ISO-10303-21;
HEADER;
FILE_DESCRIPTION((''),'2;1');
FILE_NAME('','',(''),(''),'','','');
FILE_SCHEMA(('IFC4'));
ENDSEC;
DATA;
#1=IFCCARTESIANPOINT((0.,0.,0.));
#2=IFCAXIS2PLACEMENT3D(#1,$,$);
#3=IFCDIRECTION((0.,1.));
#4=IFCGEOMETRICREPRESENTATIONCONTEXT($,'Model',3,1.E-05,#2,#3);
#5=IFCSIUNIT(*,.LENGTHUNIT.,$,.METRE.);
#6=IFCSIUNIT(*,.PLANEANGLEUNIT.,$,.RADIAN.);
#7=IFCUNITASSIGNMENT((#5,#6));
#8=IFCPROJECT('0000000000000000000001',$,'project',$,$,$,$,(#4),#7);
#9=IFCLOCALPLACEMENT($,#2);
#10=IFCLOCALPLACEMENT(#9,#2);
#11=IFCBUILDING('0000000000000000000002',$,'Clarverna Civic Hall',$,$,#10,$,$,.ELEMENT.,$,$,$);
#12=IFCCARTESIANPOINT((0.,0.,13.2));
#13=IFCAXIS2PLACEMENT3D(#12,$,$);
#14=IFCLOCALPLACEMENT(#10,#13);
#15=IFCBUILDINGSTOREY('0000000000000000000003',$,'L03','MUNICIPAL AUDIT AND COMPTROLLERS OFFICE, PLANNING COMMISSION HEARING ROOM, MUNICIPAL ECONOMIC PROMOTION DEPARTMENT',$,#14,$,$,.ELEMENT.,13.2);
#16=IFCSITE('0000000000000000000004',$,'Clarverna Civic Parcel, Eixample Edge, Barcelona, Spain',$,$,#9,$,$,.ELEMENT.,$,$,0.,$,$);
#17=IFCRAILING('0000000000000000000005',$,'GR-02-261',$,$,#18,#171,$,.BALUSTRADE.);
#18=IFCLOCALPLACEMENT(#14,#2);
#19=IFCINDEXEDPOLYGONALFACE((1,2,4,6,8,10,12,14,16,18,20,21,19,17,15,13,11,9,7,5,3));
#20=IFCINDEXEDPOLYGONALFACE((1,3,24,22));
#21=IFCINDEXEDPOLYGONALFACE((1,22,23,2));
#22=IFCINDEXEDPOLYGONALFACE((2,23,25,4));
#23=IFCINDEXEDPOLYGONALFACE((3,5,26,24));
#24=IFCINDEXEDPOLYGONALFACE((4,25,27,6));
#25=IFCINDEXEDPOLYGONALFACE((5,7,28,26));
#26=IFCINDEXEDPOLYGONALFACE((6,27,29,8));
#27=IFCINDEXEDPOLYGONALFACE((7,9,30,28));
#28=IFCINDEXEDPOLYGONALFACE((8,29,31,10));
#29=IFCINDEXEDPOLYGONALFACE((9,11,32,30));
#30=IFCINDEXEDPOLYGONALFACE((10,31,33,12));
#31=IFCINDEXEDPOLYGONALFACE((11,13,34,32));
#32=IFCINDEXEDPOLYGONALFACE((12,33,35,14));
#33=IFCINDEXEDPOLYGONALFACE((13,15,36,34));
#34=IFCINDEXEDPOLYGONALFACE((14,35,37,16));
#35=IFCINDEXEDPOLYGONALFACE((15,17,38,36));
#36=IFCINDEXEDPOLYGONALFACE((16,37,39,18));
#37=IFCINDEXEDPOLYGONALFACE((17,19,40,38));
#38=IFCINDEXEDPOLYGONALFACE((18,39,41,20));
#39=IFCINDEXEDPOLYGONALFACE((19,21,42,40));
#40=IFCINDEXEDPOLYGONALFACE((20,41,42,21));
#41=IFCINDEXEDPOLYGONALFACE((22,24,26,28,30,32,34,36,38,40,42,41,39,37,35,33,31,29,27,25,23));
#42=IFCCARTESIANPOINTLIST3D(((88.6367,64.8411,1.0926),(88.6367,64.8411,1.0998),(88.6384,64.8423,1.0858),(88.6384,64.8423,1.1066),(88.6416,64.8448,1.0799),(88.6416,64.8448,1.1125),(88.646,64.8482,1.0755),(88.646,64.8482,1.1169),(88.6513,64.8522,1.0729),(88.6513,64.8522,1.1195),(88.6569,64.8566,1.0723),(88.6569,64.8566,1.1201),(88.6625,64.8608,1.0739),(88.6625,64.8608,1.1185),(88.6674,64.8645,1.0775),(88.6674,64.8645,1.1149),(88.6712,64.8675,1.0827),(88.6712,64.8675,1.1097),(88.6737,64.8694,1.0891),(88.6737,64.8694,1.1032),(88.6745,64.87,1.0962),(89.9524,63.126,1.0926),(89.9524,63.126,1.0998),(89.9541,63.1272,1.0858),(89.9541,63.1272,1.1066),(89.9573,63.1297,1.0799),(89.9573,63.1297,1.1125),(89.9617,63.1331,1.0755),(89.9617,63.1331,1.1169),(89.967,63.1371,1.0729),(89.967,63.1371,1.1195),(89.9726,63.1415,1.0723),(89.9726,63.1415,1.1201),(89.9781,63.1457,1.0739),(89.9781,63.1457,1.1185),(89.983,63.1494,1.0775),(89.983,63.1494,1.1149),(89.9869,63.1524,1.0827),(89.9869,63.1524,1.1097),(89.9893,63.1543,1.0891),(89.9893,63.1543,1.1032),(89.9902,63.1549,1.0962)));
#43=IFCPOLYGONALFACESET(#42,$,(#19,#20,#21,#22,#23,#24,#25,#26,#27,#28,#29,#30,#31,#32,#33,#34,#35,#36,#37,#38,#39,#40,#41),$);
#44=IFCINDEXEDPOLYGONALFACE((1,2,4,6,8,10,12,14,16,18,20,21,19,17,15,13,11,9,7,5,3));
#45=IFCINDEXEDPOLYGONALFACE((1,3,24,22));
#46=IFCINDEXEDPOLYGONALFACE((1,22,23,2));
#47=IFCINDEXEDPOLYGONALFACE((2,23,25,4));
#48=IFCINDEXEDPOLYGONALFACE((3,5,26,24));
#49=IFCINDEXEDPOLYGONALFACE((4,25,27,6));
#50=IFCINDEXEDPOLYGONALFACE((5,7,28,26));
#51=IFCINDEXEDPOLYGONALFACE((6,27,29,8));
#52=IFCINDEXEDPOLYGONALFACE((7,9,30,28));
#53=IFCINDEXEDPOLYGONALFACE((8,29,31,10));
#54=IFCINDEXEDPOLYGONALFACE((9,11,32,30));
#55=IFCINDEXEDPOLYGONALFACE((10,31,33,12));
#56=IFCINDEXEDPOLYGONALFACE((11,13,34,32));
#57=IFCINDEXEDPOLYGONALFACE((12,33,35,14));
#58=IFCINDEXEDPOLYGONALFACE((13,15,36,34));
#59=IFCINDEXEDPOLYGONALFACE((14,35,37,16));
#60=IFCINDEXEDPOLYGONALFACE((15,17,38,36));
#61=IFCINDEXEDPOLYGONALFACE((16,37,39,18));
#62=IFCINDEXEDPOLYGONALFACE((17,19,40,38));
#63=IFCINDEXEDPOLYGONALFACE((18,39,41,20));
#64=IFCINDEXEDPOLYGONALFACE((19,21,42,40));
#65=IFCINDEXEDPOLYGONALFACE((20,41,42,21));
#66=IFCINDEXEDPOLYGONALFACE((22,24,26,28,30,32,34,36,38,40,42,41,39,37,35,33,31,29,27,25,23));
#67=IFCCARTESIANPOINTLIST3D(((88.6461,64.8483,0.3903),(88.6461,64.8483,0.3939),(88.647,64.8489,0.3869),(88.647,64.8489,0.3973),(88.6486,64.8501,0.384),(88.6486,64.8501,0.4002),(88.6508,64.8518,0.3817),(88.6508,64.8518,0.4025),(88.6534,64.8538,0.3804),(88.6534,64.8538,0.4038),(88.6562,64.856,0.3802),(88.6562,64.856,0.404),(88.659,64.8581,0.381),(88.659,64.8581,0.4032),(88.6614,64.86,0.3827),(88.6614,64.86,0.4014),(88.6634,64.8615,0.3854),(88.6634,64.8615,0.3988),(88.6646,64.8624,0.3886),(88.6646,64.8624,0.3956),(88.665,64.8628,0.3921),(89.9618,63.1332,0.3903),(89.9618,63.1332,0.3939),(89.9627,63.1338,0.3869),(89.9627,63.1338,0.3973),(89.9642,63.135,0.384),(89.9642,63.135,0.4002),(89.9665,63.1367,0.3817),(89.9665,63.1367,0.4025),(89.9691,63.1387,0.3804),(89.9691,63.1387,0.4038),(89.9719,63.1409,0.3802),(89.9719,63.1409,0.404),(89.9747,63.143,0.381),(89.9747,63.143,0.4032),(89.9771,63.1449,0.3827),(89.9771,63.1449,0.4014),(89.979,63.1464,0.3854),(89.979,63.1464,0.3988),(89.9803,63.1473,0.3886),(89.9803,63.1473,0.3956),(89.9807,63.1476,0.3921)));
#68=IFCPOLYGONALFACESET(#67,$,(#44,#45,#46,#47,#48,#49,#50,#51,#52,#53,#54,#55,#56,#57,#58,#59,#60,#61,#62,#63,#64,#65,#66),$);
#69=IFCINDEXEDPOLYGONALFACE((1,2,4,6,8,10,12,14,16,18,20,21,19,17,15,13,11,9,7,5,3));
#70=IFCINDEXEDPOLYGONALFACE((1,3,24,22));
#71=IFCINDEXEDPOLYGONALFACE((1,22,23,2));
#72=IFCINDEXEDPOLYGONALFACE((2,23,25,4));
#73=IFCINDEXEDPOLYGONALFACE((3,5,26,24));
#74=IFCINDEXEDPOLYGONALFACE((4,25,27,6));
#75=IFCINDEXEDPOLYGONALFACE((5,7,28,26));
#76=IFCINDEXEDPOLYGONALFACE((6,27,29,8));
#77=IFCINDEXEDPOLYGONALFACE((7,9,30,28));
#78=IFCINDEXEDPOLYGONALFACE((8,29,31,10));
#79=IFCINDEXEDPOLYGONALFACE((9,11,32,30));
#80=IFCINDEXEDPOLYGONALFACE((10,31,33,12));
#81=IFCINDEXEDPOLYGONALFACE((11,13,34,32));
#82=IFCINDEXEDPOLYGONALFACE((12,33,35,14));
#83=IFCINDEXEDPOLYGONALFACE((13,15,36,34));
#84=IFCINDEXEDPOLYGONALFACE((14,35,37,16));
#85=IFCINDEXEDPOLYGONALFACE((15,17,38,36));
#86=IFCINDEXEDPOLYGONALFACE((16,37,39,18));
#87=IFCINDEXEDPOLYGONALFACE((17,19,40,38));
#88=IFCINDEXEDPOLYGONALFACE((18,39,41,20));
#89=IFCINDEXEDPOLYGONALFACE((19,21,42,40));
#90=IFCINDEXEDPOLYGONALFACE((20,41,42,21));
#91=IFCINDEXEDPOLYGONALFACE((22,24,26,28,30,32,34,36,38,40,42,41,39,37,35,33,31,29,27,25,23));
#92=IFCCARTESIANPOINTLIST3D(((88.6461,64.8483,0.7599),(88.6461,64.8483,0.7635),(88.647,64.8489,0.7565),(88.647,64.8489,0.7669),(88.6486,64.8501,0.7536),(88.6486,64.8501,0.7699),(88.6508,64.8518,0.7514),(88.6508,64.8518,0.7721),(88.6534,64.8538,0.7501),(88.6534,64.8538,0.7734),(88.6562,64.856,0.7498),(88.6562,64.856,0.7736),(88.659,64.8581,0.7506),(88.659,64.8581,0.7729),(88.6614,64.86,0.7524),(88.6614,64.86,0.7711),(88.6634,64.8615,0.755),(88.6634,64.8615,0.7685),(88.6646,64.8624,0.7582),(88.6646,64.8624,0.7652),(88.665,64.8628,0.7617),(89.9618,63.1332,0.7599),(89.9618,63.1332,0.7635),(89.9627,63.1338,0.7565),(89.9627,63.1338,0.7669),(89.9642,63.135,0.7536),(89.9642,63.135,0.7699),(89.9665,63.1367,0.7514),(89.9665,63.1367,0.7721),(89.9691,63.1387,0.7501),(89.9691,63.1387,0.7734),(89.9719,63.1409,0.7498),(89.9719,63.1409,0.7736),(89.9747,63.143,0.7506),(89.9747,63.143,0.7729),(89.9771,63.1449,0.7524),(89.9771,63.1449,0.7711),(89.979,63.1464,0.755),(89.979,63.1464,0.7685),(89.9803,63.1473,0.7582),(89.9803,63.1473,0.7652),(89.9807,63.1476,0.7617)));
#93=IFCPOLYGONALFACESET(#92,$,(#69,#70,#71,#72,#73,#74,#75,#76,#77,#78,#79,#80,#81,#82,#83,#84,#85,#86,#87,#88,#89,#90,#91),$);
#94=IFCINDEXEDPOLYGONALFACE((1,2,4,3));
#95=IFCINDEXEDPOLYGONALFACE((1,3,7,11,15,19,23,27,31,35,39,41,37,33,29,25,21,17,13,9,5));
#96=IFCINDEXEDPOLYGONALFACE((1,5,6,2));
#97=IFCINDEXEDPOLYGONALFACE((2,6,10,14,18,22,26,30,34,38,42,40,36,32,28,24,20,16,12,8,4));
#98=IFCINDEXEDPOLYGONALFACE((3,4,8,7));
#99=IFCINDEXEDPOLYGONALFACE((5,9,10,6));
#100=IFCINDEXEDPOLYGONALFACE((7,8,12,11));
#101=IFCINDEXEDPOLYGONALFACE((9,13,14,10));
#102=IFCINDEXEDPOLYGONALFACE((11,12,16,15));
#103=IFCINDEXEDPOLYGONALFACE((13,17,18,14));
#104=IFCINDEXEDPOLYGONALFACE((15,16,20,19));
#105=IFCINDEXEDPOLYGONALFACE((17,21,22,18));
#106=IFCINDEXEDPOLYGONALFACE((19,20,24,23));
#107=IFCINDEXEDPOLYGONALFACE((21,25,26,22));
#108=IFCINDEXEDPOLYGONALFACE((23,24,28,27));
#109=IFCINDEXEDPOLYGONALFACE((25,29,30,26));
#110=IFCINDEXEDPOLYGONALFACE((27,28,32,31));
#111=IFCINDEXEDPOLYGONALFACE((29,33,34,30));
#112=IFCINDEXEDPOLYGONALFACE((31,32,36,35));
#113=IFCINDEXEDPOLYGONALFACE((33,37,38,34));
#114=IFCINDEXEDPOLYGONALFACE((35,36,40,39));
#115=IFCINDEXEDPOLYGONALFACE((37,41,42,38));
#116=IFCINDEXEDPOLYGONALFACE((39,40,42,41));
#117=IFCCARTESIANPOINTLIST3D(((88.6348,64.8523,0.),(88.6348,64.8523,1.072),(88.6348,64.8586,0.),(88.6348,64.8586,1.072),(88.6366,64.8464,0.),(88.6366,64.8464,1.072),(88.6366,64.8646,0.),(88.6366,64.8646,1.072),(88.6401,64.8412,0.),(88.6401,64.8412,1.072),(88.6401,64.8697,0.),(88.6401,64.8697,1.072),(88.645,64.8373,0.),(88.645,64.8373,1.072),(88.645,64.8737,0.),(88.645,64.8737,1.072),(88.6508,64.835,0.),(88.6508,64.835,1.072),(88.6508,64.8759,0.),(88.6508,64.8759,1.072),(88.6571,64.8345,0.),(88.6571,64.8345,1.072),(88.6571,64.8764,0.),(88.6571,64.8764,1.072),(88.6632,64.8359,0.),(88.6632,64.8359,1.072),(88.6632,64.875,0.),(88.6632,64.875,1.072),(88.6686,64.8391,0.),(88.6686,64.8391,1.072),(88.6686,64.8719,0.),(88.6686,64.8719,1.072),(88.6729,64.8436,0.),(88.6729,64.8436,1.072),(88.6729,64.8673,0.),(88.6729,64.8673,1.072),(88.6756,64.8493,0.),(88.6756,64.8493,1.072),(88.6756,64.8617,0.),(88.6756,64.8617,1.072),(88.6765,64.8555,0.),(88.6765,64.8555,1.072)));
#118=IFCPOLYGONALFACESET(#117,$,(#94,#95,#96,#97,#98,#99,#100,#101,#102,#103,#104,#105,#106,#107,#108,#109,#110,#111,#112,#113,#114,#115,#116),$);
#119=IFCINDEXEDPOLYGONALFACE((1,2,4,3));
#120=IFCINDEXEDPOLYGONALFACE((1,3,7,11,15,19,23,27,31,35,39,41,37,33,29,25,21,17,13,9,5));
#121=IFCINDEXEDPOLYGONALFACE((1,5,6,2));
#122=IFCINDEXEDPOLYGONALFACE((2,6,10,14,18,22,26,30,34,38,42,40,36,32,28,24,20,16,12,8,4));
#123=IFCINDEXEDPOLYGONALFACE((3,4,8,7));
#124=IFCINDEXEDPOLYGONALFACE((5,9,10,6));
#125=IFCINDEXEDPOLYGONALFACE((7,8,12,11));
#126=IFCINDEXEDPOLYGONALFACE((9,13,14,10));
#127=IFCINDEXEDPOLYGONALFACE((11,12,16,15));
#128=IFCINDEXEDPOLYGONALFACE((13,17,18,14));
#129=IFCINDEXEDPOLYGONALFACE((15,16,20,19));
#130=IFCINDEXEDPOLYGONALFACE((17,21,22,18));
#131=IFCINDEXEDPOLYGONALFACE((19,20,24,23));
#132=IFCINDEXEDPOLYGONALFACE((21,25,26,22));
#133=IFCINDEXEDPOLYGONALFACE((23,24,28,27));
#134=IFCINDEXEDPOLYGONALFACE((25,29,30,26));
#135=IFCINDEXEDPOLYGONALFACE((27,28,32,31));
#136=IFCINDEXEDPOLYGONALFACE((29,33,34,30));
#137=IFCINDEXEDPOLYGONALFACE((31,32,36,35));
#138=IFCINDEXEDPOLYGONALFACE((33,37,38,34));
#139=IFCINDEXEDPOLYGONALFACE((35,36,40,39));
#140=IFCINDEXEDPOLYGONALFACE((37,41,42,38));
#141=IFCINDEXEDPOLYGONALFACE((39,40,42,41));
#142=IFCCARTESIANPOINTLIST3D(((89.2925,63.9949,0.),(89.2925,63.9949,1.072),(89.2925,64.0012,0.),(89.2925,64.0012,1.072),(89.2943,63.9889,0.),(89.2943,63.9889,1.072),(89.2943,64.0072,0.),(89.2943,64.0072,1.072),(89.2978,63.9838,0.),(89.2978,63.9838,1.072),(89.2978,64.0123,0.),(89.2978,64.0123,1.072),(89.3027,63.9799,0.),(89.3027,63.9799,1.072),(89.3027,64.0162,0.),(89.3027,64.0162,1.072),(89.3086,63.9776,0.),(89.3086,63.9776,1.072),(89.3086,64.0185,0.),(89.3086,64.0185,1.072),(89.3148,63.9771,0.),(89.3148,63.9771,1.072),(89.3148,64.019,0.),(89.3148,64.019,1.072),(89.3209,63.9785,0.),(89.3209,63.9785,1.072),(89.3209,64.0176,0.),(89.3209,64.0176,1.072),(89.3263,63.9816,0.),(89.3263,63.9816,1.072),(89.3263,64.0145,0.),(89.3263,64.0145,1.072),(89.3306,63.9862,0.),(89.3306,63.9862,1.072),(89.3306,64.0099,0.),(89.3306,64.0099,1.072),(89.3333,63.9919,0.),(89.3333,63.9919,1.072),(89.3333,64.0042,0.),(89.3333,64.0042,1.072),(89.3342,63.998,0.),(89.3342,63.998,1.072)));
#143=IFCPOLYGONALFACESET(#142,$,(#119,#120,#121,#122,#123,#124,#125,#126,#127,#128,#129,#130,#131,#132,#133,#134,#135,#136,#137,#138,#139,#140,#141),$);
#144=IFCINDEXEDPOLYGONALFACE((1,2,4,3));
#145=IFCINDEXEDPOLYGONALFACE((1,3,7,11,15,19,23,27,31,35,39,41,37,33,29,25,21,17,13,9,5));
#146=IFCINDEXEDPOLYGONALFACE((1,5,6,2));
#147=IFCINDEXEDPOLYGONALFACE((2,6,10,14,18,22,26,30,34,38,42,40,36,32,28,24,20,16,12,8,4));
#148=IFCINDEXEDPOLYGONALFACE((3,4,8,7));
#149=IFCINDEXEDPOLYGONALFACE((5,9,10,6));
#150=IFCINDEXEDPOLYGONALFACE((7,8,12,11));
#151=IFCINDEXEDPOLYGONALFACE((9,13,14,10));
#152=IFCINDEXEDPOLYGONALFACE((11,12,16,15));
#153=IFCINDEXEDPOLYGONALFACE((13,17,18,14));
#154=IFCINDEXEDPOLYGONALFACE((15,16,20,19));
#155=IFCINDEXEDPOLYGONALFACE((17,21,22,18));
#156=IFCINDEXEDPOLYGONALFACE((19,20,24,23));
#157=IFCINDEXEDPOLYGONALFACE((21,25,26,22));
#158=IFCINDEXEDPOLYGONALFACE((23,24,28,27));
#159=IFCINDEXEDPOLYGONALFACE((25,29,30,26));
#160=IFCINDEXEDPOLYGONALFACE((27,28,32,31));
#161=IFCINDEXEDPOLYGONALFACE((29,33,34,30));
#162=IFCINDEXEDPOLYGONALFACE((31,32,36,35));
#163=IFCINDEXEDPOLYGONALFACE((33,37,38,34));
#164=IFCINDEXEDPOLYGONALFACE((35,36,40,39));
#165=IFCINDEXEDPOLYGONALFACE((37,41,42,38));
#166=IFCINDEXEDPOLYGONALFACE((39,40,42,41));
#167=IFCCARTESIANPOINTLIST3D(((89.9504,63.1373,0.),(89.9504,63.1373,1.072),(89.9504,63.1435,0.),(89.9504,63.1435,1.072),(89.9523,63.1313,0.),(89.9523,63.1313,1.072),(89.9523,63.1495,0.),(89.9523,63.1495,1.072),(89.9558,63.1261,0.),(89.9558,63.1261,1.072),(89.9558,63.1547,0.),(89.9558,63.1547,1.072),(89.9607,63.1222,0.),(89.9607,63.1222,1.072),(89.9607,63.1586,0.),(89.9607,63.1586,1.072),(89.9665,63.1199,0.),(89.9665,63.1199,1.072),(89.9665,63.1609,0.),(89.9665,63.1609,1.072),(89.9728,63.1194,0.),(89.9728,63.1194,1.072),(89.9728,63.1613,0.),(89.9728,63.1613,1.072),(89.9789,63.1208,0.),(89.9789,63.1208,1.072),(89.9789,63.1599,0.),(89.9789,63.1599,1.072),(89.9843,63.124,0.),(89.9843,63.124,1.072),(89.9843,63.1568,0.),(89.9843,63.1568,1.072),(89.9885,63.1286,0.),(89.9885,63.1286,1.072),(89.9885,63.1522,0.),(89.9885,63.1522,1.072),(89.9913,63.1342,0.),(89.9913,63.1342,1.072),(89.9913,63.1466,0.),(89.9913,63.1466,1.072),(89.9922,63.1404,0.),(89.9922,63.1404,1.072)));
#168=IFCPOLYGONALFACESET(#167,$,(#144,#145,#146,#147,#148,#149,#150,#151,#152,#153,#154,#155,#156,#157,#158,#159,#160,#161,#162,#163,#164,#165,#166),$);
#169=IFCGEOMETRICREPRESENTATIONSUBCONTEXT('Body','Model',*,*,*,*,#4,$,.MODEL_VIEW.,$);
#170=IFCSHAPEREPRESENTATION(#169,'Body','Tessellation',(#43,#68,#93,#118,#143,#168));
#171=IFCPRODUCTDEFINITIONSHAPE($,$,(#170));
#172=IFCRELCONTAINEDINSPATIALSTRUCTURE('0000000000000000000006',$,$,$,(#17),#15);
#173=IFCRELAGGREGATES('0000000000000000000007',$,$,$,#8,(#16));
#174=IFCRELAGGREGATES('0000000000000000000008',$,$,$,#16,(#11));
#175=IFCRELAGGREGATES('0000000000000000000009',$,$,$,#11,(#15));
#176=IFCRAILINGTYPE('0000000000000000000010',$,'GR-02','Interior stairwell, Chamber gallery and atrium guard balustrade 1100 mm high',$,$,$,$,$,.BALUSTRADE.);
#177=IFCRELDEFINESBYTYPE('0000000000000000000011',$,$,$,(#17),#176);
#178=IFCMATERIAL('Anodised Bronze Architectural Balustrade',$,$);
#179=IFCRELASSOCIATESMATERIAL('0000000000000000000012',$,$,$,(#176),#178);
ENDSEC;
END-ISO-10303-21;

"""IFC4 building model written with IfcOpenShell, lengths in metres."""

from ifc_helpers import new_model, si_unit, direction, frame, origin, origin_2d, place, context, subcontext, project, spatial, circle, extrude, material, type_object, element, save


model = new_model("IFC4")

# Units and contexts
model_context = context("Model", 3, precision=1e-05, world=origin(), true_north=direction((0.0, 1.0)))
body_context = subcontext(model_context, "Body", "Model", "MODEL_VIEW")
ifc_project = project(units=[si_unit("LENGTHUNIT", "METRE"), si_unit("PLANEANGLEUNIT", "RADIAN")], contexts=[model_context])

# Site, building, storey
site_placement = place(None, origin())
site = spatial("IfcSite", under=ifc_project, at=site_placement, Name="Clarverna Civic Parcel, Eixample Edge, Barcelona, Spain", CompositionType="ELEMENT", RefElevation=0.0)
building_placement = place(site_placement, origin())
building = spatial("IfcBuilding", under=site, at=building_placement, Name="Clarverna Civic Hall", CompositionType="ELEMENT")
storey_placement = place(building_placement, frame((0.0, 0.0, 13.2)))
storey = spatial("IfcBuildingStorey", under=building, at=storey_placement, Name="L03", Description="MUNICIPAL AUDIT AND COMPTROLLERS OFFICE, PLANNING COMMISSION HEARING ROOM, MUNICIPAL ECONOMIC PROMOTION DEPARTMENT", CompositionType="ELEMENT", Elevation=13.2)

# Railing
ifc_material_1 = material(Name="Anodised Bronze Architectural Balustrade")
railing_type = type_object("IfcRailingType", Name="GR-02", Description="Interior stairwell, Chamber gallery and atrium guard balustrade 1100 mm high", PredefinedType="BALUSTRADE", material=ifc_material_1)
railing_1_placement = place(storey_placement, frame((88.6555, 64.8555, 0.0)))
element("IfcRailing", 1, at=railing_1_placement, inside=storey, type_object=railing_type, Name="GR-02-261", PredefinedType="BALUSTRADE", context=body_context, shape_type="SweptSolid", body=[
    extrude(circle(Radius=0.0239, at=origin_2d()), frame((0.0, 0.0, 1.0962), z_axis=(0.608657, -0.793434, 0.0), x_axis=(0.793434, 0.608657, 0.0)), (0.0, 0.0, 1.0), 2.1616),
    extrude(circle(Radius=0.012, at=origin_2d()), frame((0.0, 0.0, 0.3921), z_axis=(0.608657, -0.793434, 0.0), x_axis=(0.793434, 0.608657, 0.0)), (0.0, 0.0, 1.0), 2.1616),
    extrude(circle(Radius=0.012, at=origin_2d()), frame((0.0, 0.0, 0.7617), z_axis=(0.608657, -0.793434, 0.0), x_axis=(0.793434, 0.608657, 0.0)), (0.0, 0.0, 1.0), 2.1616),
    extrude(circle(Radius=0.021, at=origin_2d()), origin(), (0.0, 0.0, 1.0), 1.072),
    extrude(circle(Radius=0.021, at=origin_2d()), frame((0.6577, -0.8574, 0.0)), (0.0, 0.0, 1.0), 1.072),
    extrude(circle(Radius=0.021, at=origin_2d()), frame((1.3157, -1.7151, 0.0)), (0.0, 0.0, 1.0), 1.072),
])

save(model, "model.ifc")
